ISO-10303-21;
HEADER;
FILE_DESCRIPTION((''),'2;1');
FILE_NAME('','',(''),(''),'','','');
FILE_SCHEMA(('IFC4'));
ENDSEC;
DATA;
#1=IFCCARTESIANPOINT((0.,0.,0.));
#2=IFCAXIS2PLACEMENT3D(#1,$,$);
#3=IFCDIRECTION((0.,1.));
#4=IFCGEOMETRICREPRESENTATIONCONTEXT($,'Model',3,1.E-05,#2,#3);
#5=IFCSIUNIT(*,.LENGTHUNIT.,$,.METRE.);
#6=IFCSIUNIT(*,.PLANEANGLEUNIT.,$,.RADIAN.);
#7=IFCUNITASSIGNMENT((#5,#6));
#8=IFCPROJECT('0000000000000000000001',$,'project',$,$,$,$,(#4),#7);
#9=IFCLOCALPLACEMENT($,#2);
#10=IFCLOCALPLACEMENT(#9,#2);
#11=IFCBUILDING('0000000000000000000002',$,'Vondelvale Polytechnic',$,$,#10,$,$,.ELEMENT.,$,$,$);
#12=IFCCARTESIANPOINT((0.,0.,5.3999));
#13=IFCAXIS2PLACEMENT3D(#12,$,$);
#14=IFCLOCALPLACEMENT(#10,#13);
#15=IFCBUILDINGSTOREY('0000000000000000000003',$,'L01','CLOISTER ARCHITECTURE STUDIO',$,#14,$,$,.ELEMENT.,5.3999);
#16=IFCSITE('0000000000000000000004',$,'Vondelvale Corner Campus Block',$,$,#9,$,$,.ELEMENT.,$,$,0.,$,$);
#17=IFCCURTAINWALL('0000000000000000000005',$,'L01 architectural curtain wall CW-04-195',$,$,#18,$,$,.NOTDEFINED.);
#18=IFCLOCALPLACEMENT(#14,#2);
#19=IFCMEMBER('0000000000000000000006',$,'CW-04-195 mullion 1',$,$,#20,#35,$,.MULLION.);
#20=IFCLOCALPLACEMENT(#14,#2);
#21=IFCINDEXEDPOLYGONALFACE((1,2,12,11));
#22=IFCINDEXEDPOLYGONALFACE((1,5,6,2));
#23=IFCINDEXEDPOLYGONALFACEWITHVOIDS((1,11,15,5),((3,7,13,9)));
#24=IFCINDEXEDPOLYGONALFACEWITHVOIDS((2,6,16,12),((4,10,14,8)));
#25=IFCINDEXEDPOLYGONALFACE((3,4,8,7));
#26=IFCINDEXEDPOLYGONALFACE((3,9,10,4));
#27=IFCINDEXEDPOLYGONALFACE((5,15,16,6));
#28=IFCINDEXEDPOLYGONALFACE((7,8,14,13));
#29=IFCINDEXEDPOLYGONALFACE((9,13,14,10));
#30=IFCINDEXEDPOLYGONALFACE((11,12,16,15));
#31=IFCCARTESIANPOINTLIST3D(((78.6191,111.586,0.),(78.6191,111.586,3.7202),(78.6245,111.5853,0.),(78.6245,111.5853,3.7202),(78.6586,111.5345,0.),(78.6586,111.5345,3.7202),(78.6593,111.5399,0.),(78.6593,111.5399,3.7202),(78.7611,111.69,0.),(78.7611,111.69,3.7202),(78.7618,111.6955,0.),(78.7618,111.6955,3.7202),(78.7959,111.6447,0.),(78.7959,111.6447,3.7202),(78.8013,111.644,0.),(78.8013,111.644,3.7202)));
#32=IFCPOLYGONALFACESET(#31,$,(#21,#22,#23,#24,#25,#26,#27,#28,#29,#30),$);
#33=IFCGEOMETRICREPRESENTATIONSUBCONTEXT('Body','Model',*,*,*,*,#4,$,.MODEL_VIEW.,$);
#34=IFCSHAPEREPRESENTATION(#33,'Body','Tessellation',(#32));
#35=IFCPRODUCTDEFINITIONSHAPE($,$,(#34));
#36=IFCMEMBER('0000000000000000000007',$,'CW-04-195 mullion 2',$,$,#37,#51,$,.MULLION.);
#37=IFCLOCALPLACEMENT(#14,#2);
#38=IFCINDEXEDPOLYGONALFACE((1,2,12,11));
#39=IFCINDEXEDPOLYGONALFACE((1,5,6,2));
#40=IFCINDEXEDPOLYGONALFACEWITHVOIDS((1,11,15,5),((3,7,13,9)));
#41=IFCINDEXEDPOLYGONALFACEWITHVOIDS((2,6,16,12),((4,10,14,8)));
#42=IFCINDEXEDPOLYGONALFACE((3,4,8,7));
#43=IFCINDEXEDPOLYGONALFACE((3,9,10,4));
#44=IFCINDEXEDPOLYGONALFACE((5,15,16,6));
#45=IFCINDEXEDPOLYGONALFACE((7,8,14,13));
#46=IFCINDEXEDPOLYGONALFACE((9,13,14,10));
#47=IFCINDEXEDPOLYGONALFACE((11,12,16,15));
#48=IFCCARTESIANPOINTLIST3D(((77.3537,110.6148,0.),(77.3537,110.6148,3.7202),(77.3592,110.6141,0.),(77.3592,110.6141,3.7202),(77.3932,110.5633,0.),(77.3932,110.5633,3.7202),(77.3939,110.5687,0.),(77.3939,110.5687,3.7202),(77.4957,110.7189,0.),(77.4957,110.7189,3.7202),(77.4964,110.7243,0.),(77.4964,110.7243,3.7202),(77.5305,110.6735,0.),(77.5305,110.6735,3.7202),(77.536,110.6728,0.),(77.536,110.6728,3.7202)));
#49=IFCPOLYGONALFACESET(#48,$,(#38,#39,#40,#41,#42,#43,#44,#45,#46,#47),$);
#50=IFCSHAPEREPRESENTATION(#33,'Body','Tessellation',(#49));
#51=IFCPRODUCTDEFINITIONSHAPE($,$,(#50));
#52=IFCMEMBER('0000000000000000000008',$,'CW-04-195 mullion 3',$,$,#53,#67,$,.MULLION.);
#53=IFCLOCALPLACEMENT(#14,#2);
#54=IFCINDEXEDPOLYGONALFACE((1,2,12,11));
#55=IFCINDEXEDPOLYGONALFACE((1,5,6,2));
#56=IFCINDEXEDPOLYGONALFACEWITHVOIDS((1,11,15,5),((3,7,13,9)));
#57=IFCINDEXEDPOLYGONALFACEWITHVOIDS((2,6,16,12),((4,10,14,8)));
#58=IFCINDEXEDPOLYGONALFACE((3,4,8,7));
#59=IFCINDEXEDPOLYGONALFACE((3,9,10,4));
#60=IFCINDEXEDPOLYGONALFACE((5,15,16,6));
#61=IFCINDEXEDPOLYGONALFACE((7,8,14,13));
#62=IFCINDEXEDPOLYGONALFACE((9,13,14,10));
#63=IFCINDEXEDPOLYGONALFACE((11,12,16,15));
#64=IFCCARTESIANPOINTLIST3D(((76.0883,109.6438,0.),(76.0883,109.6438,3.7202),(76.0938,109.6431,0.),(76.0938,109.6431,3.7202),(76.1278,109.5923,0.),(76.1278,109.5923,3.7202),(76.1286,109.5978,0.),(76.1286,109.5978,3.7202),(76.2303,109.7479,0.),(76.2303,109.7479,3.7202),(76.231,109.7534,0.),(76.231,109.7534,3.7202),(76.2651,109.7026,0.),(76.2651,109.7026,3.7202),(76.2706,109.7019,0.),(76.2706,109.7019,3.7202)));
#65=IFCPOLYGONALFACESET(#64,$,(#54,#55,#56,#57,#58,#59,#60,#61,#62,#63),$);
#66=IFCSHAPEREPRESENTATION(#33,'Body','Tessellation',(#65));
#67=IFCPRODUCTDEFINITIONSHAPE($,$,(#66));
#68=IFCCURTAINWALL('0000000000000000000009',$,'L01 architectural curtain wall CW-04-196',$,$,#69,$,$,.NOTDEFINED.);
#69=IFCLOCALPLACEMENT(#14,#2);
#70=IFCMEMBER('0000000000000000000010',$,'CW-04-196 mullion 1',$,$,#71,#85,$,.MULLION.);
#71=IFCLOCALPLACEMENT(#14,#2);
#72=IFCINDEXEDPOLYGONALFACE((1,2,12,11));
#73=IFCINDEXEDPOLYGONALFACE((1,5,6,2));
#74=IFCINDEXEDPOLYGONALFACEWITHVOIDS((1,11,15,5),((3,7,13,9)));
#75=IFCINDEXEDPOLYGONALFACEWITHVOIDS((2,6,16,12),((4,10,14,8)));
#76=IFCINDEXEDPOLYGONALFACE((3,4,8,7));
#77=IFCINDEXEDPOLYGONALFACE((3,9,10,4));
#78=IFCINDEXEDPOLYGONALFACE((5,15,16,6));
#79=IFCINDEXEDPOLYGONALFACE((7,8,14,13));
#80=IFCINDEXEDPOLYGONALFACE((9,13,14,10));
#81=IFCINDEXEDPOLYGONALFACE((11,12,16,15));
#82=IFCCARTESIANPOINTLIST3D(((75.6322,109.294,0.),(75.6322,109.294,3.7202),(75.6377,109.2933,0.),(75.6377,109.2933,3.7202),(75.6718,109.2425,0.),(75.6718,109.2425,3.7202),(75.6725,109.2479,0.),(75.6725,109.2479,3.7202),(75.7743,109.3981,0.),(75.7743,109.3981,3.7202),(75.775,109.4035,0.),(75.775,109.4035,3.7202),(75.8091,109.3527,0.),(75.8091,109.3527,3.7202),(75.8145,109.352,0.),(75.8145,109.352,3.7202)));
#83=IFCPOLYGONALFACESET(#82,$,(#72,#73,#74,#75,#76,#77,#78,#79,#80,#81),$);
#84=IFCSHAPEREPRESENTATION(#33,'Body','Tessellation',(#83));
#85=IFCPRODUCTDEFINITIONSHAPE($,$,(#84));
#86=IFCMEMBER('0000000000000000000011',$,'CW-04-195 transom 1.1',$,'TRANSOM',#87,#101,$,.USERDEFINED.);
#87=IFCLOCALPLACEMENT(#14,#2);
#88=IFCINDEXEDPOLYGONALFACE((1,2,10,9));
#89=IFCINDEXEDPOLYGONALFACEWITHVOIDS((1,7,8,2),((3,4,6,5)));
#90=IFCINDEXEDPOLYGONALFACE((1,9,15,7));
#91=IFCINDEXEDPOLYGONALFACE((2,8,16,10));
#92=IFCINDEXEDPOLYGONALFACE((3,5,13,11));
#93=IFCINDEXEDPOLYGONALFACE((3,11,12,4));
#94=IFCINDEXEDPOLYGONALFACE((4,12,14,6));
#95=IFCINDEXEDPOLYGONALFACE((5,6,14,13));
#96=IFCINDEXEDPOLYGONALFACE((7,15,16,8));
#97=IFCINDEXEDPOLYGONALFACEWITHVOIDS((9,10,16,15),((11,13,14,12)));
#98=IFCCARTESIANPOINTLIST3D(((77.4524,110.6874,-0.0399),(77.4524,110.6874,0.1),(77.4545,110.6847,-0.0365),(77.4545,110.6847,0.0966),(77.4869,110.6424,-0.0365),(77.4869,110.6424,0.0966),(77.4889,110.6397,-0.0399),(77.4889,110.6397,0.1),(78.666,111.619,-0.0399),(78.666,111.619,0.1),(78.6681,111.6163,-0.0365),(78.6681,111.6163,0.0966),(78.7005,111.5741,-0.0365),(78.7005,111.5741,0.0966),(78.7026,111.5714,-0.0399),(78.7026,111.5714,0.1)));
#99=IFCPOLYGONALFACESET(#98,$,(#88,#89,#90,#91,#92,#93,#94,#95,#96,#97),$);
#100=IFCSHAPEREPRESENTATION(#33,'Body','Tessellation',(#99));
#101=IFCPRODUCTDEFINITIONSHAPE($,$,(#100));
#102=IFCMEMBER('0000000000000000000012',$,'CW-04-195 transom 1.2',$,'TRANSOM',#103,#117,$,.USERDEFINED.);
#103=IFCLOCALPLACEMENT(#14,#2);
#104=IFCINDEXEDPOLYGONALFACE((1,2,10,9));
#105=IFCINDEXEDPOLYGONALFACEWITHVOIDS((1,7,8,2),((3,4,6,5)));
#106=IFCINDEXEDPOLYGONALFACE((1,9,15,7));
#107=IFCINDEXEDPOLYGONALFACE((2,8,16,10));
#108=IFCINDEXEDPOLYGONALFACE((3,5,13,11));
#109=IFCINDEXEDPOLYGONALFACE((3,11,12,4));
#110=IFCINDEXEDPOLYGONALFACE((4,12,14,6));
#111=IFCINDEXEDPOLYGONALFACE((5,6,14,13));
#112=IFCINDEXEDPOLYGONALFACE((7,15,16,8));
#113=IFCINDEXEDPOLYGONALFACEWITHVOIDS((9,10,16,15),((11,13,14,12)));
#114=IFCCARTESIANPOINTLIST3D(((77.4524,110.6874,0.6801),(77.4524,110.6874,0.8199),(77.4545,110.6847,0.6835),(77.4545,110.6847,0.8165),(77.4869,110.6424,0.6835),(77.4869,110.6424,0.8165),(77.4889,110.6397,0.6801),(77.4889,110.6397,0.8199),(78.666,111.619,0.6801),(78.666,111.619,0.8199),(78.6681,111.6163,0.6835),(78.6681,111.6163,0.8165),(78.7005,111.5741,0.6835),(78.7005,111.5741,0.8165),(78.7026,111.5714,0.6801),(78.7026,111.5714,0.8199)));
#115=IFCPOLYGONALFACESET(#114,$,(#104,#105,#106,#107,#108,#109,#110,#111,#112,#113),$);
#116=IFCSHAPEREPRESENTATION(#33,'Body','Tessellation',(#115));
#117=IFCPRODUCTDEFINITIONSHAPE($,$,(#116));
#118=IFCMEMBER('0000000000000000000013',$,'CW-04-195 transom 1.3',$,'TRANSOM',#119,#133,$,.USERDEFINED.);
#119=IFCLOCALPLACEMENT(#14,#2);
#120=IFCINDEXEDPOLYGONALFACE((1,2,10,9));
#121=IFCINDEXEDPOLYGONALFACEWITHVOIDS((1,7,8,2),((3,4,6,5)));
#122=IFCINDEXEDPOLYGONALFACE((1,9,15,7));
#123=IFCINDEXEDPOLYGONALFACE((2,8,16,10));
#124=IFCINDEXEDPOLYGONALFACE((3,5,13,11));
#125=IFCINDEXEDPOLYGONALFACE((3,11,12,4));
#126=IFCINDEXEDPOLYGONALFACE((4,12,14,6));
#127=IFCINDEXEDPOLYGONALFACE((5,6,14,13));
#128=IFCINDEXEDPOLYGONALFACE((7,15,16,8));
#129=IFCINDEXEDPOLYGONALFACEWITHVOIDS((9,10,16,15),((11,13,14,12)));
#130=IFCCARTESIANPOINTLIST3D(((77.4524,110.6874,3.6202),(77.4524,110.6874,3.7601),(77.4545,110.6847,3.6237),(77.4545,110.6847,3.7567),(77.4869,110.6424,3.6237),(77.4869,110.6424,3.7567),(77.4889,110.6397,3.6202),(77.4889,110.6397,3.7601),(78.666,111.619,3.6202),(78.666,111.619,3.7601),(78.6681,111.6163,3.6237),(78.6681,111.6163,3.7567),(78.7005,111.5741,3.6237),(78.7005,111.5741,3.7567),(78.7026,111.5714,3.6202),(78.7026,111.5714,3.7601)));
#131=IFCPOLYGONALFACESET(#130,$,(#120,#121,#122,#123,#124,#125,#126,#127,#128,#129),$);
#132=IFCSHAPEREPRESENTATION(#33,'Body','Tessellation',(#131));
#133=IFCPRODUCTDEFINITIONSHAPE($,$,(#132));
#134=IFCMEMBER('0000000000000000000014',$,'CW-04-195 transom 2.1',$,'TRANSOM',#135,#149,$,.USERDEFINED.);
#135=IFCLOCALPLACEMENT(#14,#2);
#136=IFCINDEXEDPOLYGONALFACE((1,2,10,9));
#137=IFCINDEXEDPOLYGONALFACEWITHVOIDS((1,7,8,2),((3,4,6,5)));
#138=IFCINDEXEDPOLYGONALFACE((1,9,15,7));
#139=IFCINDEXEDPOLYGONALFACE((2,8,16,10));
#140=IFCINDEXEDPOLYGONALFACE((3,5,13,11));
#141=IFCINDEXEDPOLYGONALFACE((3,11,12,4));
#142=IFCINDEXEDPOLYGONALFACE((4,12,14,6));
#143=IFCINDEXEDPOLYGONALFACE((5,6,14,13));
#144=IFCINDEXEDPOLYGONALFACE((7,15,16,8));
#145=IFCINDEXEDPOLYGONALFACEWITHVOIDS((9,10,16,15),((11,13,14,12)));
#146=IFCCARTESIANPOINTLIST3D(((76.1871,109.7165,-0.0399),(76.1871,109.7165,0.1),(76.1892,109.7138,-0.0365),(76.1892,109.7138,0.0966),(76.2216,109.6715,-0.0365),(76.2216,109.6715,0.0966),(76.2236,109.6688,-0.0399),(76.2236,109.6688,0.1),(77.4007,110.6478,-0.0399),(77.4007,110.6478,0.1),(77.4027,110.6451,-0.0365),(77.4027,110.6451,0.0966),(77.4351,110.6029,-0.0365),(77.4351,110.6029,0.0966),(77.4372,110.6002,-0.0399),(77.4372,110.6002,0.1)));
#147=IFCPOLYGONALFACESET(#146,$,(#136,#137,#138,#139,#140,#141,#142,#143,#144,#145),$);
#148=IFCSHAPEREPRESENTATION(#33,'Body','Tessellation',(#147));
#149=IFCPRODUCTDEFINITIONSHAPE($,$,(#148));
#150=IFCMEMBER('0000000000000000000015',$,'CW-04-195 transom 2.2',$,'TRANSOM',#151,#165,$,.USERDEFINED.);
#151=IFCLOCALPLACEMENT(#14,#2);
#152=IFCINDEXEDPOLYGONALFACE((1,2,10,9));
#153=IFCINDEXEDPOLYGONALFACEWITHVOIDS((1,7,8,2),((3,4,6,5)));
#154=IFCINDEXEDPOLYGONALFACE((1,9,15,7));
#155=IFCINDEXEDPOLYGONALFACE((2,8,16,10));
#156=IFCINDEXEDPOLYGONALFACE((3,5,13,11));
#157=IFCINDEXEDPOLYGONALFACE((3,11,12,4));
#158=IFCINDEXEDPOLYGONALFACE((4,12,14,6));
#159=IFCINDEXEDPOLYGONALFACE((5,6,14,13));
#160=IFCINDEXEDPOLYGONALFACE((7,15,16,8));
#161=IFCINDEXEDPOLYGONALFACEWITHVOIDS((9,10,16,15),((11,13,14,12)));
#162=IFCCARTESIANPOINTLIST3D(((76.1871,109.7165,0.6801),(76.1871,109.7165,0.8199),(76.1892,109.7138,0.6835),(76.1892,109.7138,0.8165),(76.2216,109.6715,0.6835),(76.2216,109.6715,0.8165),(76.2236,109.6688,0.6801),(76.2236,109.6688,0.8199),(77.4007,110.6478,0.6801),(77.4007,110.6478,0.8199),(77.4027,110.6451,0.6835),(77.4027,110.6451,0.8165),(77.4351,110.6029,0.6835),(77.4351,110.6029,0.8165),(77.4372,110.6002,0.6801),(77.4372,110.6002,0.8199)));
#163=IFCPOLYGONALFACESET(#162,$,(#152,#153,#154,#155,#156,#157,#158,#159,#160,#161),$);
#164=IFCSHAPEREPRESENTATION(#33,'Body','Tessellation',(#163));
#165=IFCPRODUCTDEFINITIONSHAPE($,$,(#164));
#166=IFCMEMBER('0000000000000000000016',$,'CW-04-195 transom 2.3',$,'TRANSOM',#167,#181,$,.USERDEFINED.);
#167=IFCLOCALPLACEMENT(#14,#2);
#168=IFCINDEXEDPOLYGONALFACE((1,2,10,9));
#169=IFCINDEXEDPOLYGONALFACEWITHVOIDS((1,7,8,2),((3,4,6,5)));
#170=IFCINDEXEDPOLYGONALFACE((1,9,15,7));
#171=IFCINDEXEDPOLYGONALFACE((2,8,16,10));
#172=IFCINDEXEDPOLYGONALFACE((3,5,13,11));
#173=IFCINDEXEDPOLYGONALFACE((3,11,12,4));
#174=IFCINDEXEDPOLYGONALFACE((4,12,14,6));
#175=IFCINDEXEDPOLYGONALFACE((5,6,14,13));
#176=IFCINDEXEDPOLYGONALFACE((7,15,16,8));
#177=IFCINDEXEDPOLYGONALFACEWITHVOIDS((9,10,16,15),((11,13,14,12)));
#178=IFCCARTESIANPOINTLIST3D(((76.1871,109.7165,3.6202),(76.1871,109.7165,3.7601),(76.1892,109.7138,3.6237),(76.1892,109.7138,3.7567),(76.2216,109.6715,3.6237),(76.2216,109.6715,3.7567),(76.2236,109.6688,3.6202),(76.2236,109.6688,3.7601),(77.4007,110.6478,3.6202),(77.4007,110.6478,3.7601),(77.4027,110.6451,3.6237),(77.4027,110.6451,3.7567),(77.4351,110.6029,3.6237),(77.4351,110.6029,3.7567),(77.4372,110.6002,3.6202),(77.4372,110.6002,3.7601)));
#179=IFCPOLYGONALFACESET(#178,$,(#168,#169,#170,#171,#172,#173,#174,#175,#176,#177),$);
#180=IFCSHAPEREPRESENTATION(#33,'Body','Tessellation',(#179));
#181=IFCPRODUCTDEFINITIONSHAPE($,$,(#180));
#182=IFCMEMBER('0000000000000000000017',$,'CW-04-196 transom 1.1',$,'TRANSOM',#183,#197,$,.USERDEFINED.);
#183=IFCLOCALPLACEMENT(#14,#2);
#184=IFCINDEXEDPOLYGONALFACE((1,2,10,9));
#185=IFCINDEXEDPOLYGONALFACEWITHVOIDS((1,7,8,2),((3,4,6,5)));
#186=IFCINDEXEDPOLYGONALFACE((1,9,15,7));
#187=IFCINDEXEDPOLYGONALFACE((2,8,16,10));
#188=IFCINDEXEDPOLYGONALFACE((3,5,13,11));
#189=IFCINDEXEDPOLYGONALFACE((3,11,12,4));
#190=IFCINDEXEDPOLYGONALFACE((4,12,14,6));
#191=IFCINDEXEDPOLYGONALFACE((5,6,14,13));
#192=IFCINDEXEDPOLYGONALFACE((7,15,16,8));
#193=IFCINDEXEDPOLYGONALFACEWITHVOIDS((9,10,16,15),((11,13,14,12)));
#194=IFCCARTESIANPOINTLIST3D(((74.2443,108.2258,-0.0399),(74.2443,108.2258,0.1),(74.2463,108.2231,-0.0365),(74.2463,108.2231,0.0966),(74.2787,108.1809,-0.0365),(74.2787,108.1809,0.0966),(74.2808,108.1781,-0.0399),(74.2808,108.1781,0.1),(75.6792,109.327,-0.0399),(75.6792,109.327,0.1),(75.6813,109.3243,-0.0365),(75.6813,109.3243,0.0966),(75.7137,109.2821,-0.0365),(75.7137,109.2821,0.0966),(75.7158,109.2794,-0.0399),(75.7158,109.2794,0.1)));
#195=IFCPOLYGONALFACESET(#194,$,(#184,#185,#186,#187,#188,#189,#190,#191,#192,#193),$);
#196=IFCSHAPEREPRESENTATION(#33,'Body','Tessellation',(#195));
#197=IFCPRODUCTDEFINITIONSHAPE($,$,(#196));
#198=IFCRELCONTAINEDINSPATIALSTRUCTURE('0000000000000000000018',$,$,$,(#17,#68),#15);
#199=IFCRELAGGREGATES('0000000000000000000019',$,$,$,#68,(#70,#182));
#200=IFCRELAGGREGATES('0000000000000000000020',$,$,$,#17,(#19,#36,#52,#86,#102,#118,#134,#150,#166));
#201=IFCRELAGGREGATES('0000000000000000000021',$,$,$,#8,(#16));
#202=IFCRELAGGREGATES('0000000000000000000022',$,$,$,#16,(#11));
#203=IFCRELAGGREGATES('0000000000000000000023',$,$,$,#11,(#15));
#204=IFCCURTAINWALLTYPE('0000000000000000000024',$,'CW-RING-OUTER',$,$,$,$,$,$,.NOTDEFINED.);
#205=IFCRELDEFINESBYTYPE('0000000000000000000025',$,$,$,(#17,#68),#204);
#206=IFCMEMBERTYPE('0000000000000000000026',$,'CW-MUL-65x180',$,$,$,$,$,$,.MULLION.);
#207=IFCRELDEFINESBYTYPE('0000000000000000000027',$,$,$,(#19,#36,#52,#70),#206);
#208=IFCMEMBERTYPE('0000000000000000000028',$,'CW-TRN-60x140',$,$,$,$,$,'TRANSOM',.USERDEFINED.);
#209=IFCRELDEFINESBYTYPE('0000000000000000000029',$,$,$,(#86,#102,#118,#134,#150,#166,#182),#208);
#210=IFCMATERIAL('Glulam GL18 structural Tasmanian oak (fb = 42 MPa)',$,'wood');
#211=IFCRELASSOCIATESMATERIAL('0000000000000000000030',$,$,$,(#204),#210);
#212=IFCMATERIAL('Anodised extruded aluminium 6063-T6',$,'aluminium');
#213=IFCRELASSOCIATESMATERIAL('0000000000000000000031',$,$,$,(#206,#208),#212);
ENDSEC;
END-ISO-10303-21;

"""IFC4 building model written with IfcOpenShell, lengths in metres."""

from ifc_helpers import new_model, si_unit, direction, frame, origin, origin_2d, place, context, subcontext, project, spatial, hollow_rectangle, extrude, material, material_profile, profile_set, type_object, element, aggregate, save


model = new_model("IFC4")

# Units and contexts
model_context = context("Model", 3, precision=1e-05, world=origin(), true_north=direction((0.0, 1.0)))
body_context = subcontext(model_context, "Body", "Model", "MODEL_VIEW")
ifc_project = project(units=[si_unit("LENGTHUNIT", "METRE"), si_unit("PLANEANGLEUNIT", "RADIAN")], contexts=[model_context])

# Site, building, storey
site_placement = place(None, origin())
site = spatial("IfcSite", under=ifc_project, at=site_placement, Name="Vondelvale Corner Campus Block", CompositionType="ELEMENT", RefElevation=0.0)
building_placement = place(site_placement, origin())
building = spatial("IfcBuilding", under=site, at=building_placement, Name="Vondelvale Polytechnic", CompositionType="ELEMENT")
storey_placement = place(building_placement, frame((0.0, 0.0, 5.3999)))
storey = spatial("IfcBuildingStorey", under=building, at=storey_placement, Name="L01", Description="CLOISTER ARCHITECTURE STUDIO", CompositionType="ELEMENT", Elevation=5.3999)

# Shared definitions
ifc_material_1 = material(Name="Glulam GL18 structural Tasmanian oak (fb = 42 MPa)", Category="wood")

# Curtain wall, members
curtain_wall_type = type_object("IfcCurtainWallType", Name="CW-RING-OUTER", PredefinedType="NOTDEFINED", material=ifc_material_1)
curtain_wall_1_placement = place(storey_placement, origin())
curtain_wall_1 = element("IfcCurtainWall", 1, at=curtain_wall_1_placement, inside=storey, type_object=curtain_wall_type, Name="L01 architectural curtain wall CW-04-195", PredefinedType="NOTDEFINED")
ifc_material_2 = material(Name="Anodised extruded aluminium 6063-T6", Category="aluminium")
ifc_material_profile_1 = material_profile(ifc_material_2, hollow_rectangle(XDim=0.0649, YDim=0.1799, WallThickness=0.0039, at=origin_2d()), Name="CW-MUL-180x65")
ifc_profile_set_1 = profile_set([ifc_material_profile_1], Name="Anodised extruded aluminium 6063-T6")
member_type_1 = type_object("IfcMemberType", Name="CW-MUL-65x180", PredefinedType="MULLION", material=ifc_profile_set_1)
member_1_placement = place(storey_placement, frame((78.7102, 111.615, 0.0), z_axis=(0.0, 0.0, 1.0), x_axis=(0.608787, -0.793334, 0.0)))
member_1 = element("IfcMember", 2, at=member_1_placement, type_object=member_type_1, Name="CW-04-195 mullion 1", PredefinedType="MULLION", context=body_context, shape_type="SweptSolid", body=[
    extrude(hollow_rectangle(XDim=0.0649, YDim=0.1799, WallThickness=0.0039, at=origin_2d()), origin(), (0.0, 0.0, 1.0), 3.7202),
])
member_2_placement = place(storey_placement, frame((77.4448, 110.6438, 0.0), z_axis=(0.0, 0.0, 1.0), x_axis=(0.608787, -0.793334, 0.0)))
member_2 = element("IfcMember", 3, at=member_2_placement, type_object=member_type_1, Name="CW-04-195 mullion 2", PredefinedType="MULLION", context=body_context, shape_type="SweptSolid", body=[
    extrude(hollow_rectangle(XDim=0.0649, YDim=0.1799, WallThickness=0.0039, at=origin_2d()), origin(), (0.0, 0.0, 1.0), 3.7202),
])
member_3_placement = place(storey_placement, frame((76.1794, 109.6729, 0.0), z_axis=(0.0, 0.0, 1.0), x_axis=(0.608787, -0.793334, 0.0)))
member_3 = element("IfcMember", 4, at=member_3_placement, type_object=member_type_1, Name="CW-04-195 mullion 3", PredefinedType="MULLION", context=body_context, shape_type="SweptSolid", body=[
    extrude(hollow_rectangle(XDim=0.0649, YDim=0.1799, WallThickness=0.0039, at=origin_2d()), origin(), (0.0, 0.0, 1.0), 3.7202),
])

# Curtain wall, member
curtain_wall_2_placement = place(storey_placement, origin())
curtain_wall_2 = element("IfcCurtainWall", 5, at=curtain_wall_2_placement, inside=storey, type_object=curtain_wall_type, Name="L01 architectural curtain wall CW-04-196", PredefinedType="NOTDEFINED")
member_4_placement = place(storey_placement, frame((75.7234, 109.323, 0.0), z_axis=(0.0, 0.0, 1.0), x_axis=(0.608771, -0.793346, 0.0)))
member_4 = element("IfcMember", 6, at=member_4_placement, type_object=member_type_1, Name="CW-04-196 mullion 1", PredefinedType="MULLION", context=body_context, shape_type="SweptSolid", body=[
    extrude(hollow_rectangle(XDim=0.0649, YDim=0.1799, WallThickness=0.0039, at=origin_2d()), origin(), (0.0, 0.0, 1.0), 3.7202),
])

# Members
ifc_material_profile_2 = material_profile(ifc_material_2, hollow_rectangle(XDim=0.0601, YDim=0.1399, WallThickness=0.0034, at=origin_2d()), Name="CW-TRN-140x60")
ifc_profile_set_2 = profile_set([ifc_material_profile_2], Name="Anodised extruded aluminium 6063-T6")
member_type_2 = type_object("IfcMemberType", Name="CW-TRN-60x140", ElementType="TRANSOM", PredefinedType="USERDEFINED", material=ifc_profile_set_2)
member_5_placement = place(storey_placement, frame((78.6843, 111.5952, 0.03), z_axis=(-0.793229, -0.608924, 0.0), x_axis=(0.608924, -0.793229, 0.0)))
member_5 = element("IfcMember", 7, at=member_5_placement, type_object=member_type_2, Name="CW-04-195 transom 1.1", ObjectType="TRANSOM", PredefinedType="USERDEFINED", context=body_context, shape_type="SweptSolid", body=[
    extrude(hollow_rectangle(XDim=0.0601, YDim=0.1399, WallThickness=0.0034, at=origin_2d()), origin(), (0.0, 0.0, 1.0), 1.53),
])
member_6_placement = place(storey_placement, frame((78.6843, 111.5952, 0.75), z_axis=(-0.793229, -0.608924, 0.0), x_axis=(0.608924, -0.793229, 0.0)))
member_6 = element("IfcMember", 8, at=member_6_placement, type_object=member_type_2, Name="CW-04-195 transom 1.2", ObjectType="TRANSOM", PredefinedType="USERDEFINED", context=body_context, shape_type="SweptSolid", body=[
    extrude(hollow_rectangle(XDim=0.0601, YDim=0.1399, WallThickness=0.0034, at=origin_2d()), origin(), (0.0, 0.0, 1.0), 1.53),
])
member_7_placement = place(storey_placement, frame((78.6843, 111.5952, 3.6902), z_axis=(-0.793229, -0.608924, 0.0), x_axis=(0.608924, -0.793229, 0.0)))
member_7 = element("IfcMember", 9, at=member_7_placement, type_object=member_type_2, Name="CW-04-195 transom 1.3", ObjectType="TRANSOM", PredefinedType="USERDEFINED", context=body_context, shape_type="SweptSolid", body=[
    extrude(hollow_rectangle(XDim=0.0601, YDim=0.1399, WallThickness=0.0034, at=origin_2d()), origin(), (0.0, 0.0, 1.0), 1.53),
])
member_8_placement = place(storey_placement, frame((77.4189, 110.624, 0.03), z_axis=(-0.793306, -0.608823, 0.0), x_axis=(0.608823, -0.793306, 0.0)))
member_8 = element("IfcMember", 10, at=member_8_placement, type_object=member_type_2, Name="CW-04-195 transom 2.1", ObjectType="TRANSOM", PredefinedType="USERDEFINED", context=body_context, shape_type="SweptSolid", body=[
    extrude(hollow_rectangle(XDim=0.0601, YDim=0.1399, WallThickness=0.0034, at=origin_2d()), origin(), (0.0, 0.0, 1.0), 1.5298),
])
member_9_placement = place(storey_placement, frame((77.4189, 110.624, 0.75), z_axis=(-0.793306, -0.608823, 0.0), x_axis=(0.608823, -0.793306, 0.0)))
member_9 = element("IfcMember", 11, at=member_9_placement, type_object=member_type_2, Name="CW-04-195 transom 2.2", ObjectType="TRANSOM", PredefinedType="USERDEFINED", context=body_context, shape_type="SweptSolid", body=[
    extrude(hollow_rectangle(XDim=0.0601, YDim=0.1399, WallThickness=0.0034, at=origin_2d()), origin(), (0.0, 0.0, 1.0), 1.5298),
])
member_10_placement = place(storey_placement, frame((77.4189, 110.624, 3.6902), z_axis=(-0.793306, -0.608823, 0.0), x_axis=(0.608823, -0.793306, 0.0)))
member_10 = element("IfcMember", 12, at=member_10_placement, type_object=member_type_2, Name="CW-04-195 transom 2.3", ObjectType="TRANSOM", PredefinedType="USERDEFINED", context=body_context, shape_type="SweptSolid", body=[
    extrude(hollow_rectangle(XDim=0.0601, YDim=0.1399, WallThickness=0.0034, at=origin_2d()), origin(), (0.0, 0.0, 1.0), 1.5298),
])
member_11_placement = place(storey_placement, frame((75.6975, 109.3032, 0.03), z_axis=(-0.793311, -0.608817, 0.0), x_axis=(0.608817, -0.793311, 0.0)))
member_11 = element("IfcMember", 13, at=member_11_placement, type_object=member_type_2, Name="CW-04-196 transom 1.1", ObjectType="TRANSOM", PredefinedType="USERDEFINED", context=body_context, shape_type="SweptSolid", body=[
    extrude(hollow_rectangle(XDim=0.0601, YDim=0.1399, WallThickness=0.0034, at=origin_2d()), origin(), (0.0, 0.0, 1.0), 1.8088),
])

aggregate(curtain_wall_2, [member_4, member_11])
aggregate(curtain_wall_1, [member_1, member_2, member_3, member_5, member_6, member_7, member_8, member_9, member_10])

save(model, "model.ifc")
